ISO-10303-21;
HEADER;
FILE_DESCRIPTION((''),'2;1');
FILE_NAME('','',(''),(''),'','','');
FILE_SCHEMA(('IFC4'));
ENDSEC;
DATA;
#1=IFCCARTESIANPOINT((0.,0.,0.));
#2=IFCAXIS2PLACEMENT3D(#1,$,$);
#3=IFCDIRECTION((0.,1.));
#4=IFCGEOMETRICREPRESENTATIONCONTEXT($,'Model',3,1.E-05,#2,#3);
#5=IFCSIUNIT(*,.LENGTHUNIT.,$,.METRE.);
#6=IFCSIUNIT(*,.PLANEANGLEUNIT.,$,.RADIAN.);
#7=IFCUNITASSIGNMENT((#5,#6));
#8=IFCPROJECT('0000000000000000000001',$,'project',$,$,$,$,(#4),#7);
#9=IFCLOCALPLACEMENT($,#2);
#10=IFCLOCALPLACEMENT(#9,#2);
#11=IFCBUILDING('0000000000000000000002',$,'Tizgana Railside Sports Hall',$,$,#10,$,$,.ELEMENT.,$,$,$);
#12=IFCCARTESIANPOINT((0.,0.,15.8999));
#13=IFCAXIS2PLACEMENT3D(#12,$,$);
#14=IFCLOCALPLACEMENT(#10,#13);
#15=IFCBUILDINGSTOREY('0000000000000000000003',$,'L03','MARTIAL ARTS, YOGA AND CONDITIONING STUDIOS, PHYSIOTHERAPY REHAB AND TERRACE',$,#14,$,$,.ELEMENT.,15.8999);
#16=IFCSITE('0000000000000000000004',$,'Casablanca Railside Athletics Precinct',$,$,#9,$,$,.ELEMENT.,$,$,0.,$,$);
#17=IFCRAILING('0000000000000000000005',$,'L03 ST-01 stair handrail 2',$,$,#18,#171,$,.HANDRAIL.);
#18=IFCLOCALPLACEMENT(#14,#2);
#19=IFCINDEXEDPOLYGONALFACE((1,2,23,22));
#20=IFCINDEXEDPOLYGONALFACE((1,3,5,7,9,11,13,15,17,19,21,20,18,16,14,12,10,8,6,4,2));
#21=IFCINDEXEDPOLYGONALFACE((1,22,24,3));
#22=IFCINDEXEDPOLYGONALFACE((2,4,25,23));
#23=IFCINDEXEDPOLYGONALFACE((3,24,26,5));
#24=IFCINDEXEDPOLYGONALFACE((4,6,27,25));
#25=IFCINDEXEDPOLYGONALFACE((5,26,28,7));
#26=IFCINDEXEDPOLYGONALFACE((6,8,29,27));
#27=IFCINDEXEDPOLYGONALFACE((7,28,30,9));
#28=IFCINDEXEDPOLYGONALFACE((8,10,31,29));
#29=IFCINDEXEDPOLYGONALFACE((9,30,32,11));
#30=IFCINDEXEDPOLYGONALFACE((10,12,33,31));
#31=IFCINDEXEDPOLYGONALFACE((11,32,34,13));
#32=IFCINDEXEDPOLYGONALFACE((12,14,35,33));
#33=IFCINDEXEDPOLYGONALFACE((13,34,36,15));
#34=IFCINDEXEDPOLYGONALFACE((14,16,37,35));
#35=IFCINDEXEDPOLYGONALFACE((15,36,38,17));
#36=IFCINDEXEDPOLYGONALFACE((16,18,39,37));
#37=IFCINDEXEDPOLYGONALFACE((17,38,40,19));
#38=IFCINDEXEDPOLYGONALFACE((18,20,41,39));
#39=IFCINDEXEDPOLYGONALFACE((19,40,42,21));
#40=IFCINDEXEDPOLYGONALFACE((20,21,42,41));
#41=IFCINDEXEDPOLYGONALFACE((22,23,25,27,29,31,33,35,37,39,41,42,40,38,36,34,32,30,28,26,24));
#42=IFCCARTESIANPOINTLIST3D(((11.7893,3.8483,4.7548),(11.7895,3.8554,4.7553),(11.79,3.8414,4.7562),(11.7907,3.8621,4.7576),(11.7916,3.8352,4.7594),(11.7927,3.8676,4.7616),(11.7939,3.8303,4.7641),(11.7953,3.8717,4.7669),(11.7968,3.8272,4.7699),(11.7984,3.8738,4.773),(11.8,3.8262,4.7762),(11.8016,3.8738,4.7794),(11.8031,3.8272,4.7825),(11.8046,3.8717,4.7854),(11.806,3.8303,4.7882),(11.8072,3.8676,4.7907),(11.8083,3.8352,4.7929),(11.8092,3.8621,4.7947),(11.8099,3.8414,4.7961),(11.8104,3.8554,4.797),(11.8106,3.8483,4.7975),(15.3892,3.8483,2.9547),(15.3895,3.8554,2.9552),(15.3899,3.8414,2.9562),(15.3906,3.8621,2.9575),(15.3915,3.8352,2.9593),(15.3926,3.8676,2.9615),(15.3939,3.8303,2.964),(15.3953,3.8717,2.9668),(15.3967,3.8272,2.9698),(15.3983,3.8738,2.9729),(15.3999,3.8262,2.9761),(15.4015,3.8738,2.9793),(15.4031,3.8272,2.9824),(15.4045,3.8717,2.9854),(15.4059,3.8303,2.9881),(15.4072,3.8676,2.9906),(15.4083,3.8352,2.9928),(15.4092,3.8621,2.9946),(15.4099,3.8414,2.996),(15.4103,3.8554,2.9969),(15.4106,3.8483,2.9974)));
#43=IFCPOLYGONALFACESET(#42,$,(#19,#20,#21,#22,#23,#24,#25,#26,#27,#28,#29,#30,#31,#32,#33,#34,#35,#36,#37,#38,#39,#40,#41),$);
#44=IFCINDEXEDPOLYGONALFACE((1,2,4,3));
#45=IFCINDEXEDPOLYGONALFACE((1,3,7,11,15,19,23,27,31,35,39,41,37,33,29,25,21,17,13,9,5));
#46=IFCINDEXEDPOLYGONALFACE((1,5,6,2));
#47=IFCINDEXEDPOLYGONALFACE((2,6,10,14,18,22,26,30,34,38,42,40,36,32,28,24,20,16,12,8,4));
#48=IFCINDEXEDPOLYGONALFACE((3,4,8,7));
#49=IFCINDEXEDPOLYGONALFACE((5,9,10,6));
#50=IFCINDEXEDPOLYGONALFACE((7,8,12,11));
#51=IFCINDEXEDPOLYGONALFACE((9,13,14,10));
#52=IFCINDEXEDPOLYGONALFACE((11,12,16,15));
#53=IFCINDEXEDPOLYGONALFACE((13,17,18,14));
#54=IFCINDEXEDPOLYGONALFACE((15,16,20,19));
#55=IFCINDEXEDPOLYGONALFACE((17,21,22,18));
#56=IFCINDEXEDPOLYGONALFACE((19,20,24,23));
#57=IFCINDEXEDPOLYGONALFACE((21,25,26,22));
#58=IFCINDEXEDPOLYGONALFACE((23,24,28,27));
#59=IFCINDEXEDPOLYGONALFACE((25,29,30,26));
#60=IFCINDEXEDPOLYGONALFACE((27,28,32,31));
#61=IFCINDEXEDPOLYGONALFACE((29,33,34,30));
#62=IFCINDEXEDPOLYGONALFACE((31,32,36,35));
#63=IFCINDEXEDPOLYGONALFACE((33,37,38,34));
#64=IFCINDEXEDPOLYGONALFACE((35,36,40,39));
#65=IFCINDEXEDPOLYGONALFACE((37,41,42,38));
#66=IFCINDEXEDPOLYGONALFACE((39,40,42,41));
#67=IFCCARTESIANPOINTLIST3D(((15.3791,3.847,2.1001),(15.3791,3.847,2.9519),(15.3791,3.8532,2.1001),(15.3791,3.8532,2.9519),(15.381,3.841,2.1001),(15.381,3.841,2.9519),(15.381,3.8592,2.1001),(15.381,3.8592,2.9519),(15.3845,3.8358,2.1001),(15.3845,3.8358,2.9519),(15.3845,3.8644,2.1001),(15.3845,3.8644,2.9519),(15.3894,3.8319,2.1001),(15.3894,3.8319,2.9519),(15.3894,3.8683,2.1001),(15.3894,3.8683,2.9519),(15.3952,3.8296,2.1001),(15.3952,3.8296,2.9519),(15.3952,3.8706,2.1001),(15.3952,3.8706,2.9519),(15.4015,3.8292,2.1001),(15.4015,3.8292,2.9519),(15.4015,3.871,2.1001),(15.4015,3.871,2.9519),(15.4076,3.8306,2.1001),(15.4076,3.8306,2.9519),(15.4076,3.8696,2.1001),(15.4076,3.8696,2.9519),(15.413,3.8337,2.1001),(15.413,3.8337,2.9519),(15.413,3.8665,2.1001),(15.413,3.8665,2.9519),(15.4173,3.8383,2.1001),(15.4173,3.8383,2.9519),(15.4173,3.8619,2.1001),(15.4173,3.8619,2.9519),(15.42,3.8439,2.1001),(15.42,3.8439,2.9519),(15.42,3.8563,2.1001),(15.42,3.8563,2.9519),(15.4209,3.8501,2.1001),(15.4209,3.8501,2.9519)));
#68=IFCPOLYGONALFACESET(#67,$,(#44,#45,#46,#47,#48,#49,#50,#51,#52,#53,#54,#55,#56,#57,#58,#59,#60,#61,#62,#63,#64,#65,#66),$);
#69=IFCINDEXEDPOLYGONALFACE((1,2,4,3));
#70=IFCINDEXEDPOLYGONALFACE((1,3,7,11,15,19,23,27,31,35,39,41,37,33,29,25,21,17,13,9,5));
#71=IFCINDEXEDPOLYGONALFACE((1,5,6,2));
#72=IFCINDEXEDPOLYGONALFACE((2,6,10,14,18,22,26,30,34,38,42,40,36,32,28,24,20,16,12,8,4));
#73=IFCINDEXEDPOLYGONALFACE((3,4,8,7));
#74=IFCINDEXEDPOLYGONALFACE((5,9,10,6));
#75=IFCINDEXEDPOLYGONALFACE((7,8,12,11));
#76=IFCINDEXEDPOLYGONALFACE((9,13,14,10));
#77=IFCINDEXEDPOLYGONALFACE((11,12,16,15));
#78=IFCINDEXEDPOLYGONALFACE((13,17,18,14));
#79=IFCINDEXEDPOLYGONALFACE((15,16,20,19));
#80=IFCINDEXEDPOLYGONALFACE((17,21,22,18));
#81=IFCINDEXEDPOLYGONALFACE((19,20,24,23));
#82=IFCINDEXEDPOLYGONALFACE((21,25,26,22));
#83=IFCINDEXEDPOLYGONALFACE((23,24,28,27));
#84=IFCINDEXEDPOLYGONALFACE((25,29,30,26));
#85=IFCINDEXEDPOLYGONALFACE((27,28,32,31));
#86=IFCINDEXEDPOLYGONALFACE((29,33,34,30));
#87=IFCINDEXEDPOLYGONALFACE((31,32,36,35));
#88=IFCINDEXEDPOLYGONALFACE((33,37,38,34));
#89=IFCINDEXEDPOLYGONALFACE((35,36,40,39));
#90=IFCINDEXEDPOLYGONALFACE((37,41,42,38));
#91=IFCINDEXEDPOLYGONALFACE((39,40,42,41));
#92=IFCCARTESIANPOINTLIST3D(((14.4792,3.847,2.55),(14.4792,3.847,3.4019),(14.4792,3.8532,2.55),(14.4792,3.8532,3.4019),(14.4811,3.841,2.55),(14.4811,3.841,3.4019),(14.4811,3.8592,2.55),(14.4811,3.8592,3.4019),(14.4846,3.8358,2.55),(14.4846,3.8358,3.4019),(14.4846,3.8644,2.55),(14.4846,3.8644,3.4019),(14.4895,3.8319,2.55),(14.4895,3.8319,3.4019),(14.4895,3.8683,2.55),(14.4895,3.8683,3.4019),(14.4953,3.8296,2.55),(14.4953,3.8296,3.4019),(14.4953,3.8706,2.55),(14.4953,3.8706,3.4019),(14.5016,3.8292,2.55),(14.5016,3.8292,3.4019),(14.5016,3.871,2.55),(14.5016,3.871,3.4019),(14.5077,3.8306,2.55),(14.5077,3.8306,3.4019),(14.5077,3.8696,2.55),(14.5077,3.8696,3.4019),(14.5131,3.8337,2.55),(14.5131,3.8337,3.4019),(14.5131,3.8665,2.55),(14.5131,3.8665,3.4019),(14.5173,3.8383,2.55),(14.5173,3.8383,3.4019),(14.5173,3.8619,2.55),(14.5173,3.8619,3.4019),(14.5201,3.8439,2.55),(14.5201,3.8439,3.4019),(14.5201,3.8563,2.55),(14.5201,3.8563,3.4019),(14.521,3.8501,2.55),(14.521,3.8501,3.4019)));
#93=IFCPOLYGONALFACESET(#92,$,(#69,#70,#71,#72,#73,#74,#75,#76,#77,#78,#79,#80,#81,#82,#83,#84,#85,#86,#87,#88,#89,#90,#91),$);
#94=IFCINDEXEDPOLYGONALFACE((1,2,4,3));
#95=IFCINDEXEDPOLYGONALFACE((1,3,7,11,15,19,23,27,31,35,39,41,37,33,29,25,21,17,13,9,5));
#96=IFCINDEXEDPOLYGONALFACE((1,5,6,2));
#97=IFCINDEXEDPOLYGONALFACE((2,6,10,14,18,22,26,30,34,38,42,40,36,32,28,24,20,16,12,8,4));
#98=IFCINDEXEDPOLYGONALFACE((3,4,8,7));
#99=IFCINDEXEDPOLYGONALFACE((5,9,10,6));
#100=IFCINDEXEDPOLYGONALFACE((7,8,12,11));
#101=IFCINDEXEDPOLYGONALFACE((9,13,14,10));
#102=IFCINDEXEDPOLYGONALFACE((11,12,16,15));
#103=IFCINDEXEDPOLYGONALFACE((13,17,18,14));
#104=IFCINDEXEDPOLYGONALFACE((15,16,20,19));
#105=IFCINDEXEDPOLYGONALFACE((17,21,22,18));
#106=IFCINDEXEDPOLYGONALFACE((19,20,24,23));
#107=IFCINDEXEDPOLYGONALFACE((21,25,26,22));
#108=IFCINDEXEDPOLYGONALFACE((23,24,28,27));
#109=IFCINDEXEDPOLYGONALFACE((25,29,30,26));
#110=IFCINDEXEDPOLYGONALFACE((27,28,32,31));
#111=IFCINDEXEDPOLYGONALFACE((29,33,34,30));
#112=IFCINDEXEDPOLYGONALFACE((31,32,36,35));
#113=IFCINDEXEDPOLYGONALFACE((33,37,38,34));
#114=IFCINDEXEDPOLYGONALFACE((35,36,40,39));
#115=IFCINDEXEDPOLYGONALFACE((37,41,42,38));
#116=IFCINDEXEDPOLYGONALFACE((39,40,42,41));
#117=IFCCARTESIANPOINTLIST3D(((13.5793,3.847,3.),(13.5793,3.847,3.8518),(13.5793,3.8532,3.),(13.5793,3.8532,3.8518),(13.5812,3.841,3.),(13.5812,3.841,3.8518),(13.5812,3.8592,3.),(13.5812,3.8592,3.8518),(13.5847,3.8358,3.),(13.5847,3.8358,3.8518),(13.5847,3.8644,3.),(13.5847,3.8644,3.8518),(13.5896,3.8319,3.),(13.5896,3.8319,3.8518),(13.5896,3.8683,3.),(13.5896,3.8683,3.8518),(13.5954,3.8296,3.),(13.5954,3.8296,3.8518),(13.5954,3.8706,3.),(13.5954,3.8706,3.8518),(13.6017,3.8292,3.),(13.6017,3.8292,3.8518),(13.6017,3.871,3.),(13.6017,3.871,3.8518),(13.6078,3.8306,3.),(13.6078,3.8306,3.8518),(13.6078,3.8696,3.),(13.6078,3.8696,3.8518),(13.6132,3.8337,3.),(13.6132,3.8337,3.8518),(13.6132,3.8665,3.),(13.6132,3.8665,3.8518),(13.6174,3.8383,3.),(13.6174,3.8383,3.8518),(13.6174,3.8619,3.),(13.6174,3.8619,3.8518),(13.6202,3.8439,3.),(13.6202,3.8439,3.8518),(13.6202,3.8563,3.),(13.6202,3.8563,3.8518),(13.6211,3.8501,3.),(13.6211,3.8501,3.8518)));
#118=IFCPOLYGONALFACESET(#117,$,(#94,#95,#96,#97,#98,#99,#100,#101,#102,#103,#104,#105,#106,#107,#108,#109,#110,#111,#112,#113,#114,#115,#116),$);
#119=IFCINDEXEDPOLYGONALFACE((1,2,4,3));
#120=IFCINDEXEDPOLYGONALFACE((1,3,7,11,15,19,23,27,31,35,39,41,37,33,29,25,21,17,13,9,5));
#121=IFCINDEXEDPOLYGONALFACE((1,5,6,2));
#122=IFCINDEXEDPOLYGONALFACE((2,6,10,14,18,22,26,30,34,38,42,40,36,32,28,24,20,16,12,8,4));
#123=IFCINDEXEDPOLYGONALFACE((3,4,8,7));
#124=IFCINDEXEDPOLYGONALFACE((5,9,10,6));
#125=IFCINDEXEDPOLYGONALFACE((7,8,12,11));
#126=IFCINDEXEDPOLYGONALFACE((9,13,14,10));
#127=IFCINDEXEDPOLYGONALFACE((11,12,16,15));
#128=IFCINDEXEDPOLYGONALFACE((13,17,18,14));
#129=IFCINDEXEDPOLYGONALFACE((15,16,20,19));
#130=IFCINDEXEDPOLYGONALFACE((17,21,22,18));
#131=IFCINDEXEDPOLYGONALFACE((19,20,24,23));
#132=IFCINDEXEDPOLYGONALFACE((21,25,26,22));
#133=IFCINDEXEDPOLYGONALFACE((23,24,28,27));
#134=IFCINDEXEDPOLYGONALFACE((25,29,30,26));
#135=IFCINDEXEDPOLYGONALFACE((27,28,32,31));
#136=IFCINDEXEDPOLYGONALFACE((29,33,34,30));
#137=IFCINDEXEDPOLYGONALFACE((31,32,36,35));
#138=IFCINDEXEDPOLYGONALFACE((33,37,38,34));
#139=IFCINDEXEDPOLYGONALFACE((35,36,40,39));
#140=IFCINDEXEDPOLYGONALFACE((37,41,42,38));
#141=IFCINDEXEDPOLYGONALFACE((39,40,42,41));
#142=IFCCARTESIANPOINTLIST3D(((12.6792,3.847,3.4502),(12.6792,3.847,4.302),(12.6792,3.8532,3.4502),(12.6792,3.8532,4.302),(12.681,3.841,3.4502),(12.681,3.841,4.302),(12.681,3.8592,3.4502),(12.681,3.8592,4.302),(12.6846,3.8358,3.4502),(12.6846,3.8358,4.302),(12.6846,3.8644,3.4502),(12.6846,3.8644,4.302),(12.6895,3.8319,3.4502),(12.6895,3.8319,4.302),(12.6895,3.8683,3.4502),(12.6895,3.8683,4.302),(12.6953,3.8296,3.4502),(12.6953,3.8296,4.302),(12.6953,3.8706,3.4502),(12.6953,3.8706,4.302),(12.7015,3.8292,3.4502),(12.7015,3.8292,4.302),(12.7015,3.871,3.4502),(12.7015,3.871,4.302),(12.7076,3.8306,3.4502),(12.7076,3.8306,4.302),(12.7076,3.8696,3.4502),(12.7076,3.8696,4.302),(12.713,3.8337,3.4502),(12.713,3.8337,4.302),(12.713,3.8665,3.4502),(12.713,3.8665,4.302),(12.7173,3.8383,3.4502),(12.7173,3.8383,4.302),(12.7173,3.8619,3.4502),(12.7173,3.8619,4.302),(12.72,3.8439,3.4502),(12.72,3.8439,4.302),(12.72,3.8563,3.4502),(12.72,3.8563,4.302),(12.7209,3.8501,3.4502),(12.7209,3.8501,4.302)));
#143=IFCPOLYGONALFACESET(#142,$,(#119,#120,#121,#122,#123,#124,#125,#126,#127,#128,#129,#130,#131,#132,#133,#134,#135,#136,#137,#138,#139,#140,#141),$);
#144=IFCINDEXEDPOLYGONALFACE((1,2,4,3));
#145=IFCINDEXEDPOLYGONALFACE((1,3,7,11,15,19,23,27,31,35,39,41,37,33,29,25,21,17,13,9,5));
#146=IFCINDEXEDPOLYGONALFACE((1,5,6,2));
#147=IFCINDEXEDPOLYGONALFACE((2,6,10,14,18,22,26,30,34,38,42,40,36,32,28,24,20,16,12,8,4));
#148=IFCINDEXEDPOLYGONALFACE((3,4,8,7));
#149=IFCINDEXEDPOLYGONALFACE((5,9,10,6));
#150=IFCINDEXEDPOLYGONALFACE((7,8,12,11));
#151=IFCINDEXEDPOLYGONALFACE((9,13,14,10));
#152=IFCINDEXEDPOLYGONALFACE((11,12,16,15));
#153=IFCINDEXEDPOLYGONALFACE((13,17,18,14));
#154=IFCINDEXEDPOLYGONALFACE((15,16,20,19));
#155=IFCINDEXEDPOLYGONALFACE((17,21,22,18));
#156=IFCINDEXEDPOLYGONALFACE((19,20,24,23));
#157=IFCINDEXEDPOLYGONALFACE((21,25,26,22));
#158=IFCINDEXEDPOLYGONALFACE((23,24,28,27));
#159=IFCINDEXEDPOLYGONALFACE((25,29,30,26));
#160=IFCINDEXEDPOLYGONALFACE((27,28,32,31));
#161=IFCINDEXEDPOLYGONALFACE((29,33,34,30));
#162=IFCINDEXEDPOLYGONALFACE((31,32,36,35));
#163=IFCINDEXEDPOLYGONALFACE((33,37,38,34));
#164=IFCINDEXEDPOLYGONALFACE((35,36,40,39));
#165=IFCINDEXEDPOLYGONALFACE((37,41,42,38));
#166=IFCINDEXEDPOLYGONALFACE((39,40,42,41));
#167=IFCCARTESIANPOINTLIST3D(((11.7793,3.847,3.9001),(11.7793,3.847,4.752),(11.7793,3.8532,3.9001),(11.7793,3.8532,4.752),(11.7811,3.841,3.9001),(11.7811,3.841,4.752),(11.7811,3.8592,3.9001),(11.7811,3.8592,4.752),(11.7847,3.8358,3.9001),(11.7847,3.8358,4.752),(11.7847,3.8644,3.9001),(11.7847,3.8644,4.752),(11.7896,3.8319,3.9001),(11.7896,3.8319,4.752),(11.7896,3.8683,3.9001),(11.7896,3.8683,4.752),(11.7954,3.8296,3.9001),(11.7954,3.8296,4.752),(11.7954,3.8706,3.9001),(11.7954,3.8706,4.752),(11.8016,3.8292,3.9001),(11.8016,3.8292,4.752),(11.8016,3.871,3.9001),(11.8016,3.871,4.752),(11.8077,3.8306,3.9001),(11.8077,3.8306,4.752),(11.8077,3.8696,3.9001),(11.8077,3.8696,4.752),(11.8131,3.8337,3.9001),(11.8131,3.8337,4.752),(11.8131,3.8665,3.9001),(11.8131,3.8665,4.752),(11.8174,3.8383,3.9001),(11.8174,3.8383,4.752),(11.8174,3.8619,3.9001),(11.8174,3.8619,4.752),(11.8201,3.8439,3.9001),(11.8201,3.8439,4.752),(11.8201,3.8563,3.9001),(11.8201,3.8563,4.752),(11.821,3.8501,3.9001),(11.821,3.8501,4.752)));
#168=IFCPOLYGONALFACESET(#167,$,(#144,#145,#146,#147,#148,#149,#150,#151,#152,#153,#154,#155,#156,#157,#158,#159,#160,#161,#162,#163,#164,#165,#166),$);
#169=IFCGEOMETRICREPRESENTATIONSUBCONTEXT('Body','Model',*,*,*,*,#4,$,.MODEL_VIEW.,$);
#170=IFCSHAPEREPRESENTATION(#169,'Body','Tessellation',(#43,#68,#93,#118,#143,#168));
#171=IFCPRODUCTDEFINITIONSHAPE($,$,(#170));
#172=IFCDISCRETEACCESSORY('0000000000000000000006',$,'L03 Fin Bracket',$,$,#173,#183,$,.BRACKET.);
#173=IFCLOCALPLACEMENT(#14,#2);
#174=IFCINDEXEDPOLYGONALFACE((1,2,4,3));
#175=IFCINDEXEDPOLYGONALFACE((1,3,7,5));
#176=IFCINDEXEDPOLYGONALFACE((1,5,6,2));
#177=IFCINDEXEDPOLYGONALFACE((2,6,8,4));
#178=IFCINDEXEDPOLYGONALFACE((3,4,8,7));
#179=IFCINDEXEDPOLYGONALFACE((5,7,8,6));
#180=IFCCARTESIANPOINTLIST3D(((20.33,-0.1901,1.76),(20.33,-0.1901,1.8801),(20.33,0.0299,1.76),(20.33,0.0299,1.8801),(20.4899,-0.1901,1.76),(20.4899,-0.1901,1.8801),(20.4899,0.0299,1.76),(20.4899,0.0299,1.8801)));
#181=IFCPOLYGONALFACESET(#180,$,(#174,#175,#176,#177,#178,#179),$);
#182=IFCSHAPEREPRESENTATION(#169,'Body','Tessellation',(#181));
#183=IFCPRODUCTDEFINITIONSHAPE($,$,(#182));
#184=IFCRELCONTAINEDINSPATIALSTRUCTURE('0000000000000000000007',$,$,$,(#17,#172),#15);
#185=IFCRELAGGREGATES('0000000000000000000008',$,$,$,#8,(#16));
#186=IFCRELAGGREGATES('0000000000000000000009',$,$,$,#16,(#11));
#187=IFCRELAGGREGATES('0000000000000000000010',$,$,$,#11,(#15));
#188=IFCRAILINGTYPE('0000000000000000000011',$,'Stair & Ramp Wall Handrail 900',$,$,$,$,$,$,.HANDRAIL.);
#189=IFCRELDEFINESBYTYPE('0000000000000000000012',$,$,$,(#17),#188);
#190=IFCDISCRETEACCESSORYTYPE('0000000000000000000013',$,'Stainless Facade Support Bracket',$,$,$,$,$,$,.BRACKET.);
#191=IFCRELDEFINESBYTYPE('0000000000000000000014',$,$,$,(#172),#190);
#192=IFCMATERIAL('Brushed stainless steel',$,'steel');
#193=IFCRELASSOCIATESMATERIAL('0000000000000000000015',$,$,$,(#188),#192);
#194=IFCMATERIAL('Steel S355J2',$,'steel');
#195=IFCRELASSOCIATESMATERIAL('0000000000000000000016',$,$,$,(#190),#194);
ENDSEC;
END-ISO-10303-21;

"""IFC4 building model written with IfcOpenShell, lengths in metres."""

from ifc_helpers import new_model, si_unit, direction, frame, origin, origin_2d, place, context, subcontext, project, spatial, rectangle, circle, extrude, material, type_object, element, save


model = new_model("IFC4")

# Units and contexts
model_context = context("Model", 3, precision=1e-05, world=origin(), true_north=direction((0.0, 1.0)))
body_context = subcontext(model_context, "Body", "Model", "MODEL_VIEW")
ifc_project = project(units=[si_unit("LENGTHUNIT", "METRE"), si_unit("PLANEANGLEUNIT", "RADIAN")], contexts=[model_context])

# Site, building, storey
site_placement = place(None, origin())
site = spatial("IfcSite", under=ifc_project, at=site_placement, Name="Casablanca Railside Athletics Precinct", CompositionType="ELEMENT", RefElevation=0.0)
building_placement = place(site_placement, origin())
building = spatial("IfcBuilding", under=site, at=building_placement, Name="Tizgana Railside Sports Hall", CompositionType="ELEMENT")
storey_placement = place(building_placement, frame((0.0, 0.0, 15.8999)))
storey = spatial("IfcBuildingStorey", under=building, at=storey_placement, Name="L03", Description="MARTIAL ARTS, YOGA AND CONDITIONING STUDIOS, PHYSIOTHERAPY REHAB AND TERRACE", CompositionType="ELEMENT", Elevation=15.8999)

# Shared definitions
ifc_material_1 = material(Name="Steel S355J2", Category="steel")

# Shared definitions
ifc_material_2 = material(Name="Brushed stainless steel", Category="steel")

# Railing
railing_type_1 = type_object("IfcRailingType", Name="Stair & Ramp Wall Handrail 900", PredefinedType="HANDRAIL", material=ifc_material_2)
railing_1_placement = place(storey_placement, frame((15.3999, 3.8501, 2.1001)))
element("IfcRailing", 1, at=railing_1_placement, inside=storey, type_object=railing_type_1, Name="L03 ST-01 stair handrail 2", PredefinedType="HANDRAIL", context=body_context, shape_type="SweptSolid", body=[
    extrude(circle(Radius=0.0239, at=origin_2d()), frame((0.0, 0.0, 0.876), z_axis=(-0.894415, 0.0, 0.447238), x_axis=(0.0, -1.0, 0.0)), (0.0, 0.0, 1.0), 4.0249),
    extrude(circle(Radius=0.021, at=origin_2d()), origin(), (0.0, 0.0, 1.0), 0.8518),
    extrude(circle(Radius=0.021, at=origin_2d()), frame((-0.8999, 0.0, 0.45)), (0.0, 0.0, 1.0), 0.8518),
    extrude(circle(Radius=0.021, at=origin_2d()), frame((-1.7998, 0.0, 0.8999)), (0.0, 0.0, 1.0), 0.8518),
    extrude(circle(Radius=0.021, at=origin_2d()), frame((-2.7, 0.0, 1.3501)), (0.0, 0.0, 1.0), 0.8518),
    extrude(circle(Radius=0.021, at=origin_2d()), frame((-3.5999, 0.0, 1.8)), (0.0, 0.0, 1.0), 0.8518),
])

# Discrete accessory
discrete_accessory_type = type_object("IfcDiscreteAccessoryType", Name="Stainless Facade Support Bracket", PredefinedType="BRACKET", material=ifc_material_1)
discrete_accessory_placement = place(storey_placement, frame((20.4099, -0.0801, 1.76), z_axis=(0.0, 0.0, 1.0), x_axis=(-1.0, 0.0, 0.0)))
element("IfcDiscreteAccessory", 2, at=discrete_accessory_placement, inside=storey, type_object=discrete_accessory_type, Name="L03 Fin Bracket", PredefinedType="BRACKET", context=body_context, shape_type="SweptSolid", body=[
    extrude(rectangle(XDim=0.1599, YDim=0.22, at=origin_2d()), origin(), (0.0, 0.0, 1.0), 0.1201),
])

save(model, "model.ifc")
